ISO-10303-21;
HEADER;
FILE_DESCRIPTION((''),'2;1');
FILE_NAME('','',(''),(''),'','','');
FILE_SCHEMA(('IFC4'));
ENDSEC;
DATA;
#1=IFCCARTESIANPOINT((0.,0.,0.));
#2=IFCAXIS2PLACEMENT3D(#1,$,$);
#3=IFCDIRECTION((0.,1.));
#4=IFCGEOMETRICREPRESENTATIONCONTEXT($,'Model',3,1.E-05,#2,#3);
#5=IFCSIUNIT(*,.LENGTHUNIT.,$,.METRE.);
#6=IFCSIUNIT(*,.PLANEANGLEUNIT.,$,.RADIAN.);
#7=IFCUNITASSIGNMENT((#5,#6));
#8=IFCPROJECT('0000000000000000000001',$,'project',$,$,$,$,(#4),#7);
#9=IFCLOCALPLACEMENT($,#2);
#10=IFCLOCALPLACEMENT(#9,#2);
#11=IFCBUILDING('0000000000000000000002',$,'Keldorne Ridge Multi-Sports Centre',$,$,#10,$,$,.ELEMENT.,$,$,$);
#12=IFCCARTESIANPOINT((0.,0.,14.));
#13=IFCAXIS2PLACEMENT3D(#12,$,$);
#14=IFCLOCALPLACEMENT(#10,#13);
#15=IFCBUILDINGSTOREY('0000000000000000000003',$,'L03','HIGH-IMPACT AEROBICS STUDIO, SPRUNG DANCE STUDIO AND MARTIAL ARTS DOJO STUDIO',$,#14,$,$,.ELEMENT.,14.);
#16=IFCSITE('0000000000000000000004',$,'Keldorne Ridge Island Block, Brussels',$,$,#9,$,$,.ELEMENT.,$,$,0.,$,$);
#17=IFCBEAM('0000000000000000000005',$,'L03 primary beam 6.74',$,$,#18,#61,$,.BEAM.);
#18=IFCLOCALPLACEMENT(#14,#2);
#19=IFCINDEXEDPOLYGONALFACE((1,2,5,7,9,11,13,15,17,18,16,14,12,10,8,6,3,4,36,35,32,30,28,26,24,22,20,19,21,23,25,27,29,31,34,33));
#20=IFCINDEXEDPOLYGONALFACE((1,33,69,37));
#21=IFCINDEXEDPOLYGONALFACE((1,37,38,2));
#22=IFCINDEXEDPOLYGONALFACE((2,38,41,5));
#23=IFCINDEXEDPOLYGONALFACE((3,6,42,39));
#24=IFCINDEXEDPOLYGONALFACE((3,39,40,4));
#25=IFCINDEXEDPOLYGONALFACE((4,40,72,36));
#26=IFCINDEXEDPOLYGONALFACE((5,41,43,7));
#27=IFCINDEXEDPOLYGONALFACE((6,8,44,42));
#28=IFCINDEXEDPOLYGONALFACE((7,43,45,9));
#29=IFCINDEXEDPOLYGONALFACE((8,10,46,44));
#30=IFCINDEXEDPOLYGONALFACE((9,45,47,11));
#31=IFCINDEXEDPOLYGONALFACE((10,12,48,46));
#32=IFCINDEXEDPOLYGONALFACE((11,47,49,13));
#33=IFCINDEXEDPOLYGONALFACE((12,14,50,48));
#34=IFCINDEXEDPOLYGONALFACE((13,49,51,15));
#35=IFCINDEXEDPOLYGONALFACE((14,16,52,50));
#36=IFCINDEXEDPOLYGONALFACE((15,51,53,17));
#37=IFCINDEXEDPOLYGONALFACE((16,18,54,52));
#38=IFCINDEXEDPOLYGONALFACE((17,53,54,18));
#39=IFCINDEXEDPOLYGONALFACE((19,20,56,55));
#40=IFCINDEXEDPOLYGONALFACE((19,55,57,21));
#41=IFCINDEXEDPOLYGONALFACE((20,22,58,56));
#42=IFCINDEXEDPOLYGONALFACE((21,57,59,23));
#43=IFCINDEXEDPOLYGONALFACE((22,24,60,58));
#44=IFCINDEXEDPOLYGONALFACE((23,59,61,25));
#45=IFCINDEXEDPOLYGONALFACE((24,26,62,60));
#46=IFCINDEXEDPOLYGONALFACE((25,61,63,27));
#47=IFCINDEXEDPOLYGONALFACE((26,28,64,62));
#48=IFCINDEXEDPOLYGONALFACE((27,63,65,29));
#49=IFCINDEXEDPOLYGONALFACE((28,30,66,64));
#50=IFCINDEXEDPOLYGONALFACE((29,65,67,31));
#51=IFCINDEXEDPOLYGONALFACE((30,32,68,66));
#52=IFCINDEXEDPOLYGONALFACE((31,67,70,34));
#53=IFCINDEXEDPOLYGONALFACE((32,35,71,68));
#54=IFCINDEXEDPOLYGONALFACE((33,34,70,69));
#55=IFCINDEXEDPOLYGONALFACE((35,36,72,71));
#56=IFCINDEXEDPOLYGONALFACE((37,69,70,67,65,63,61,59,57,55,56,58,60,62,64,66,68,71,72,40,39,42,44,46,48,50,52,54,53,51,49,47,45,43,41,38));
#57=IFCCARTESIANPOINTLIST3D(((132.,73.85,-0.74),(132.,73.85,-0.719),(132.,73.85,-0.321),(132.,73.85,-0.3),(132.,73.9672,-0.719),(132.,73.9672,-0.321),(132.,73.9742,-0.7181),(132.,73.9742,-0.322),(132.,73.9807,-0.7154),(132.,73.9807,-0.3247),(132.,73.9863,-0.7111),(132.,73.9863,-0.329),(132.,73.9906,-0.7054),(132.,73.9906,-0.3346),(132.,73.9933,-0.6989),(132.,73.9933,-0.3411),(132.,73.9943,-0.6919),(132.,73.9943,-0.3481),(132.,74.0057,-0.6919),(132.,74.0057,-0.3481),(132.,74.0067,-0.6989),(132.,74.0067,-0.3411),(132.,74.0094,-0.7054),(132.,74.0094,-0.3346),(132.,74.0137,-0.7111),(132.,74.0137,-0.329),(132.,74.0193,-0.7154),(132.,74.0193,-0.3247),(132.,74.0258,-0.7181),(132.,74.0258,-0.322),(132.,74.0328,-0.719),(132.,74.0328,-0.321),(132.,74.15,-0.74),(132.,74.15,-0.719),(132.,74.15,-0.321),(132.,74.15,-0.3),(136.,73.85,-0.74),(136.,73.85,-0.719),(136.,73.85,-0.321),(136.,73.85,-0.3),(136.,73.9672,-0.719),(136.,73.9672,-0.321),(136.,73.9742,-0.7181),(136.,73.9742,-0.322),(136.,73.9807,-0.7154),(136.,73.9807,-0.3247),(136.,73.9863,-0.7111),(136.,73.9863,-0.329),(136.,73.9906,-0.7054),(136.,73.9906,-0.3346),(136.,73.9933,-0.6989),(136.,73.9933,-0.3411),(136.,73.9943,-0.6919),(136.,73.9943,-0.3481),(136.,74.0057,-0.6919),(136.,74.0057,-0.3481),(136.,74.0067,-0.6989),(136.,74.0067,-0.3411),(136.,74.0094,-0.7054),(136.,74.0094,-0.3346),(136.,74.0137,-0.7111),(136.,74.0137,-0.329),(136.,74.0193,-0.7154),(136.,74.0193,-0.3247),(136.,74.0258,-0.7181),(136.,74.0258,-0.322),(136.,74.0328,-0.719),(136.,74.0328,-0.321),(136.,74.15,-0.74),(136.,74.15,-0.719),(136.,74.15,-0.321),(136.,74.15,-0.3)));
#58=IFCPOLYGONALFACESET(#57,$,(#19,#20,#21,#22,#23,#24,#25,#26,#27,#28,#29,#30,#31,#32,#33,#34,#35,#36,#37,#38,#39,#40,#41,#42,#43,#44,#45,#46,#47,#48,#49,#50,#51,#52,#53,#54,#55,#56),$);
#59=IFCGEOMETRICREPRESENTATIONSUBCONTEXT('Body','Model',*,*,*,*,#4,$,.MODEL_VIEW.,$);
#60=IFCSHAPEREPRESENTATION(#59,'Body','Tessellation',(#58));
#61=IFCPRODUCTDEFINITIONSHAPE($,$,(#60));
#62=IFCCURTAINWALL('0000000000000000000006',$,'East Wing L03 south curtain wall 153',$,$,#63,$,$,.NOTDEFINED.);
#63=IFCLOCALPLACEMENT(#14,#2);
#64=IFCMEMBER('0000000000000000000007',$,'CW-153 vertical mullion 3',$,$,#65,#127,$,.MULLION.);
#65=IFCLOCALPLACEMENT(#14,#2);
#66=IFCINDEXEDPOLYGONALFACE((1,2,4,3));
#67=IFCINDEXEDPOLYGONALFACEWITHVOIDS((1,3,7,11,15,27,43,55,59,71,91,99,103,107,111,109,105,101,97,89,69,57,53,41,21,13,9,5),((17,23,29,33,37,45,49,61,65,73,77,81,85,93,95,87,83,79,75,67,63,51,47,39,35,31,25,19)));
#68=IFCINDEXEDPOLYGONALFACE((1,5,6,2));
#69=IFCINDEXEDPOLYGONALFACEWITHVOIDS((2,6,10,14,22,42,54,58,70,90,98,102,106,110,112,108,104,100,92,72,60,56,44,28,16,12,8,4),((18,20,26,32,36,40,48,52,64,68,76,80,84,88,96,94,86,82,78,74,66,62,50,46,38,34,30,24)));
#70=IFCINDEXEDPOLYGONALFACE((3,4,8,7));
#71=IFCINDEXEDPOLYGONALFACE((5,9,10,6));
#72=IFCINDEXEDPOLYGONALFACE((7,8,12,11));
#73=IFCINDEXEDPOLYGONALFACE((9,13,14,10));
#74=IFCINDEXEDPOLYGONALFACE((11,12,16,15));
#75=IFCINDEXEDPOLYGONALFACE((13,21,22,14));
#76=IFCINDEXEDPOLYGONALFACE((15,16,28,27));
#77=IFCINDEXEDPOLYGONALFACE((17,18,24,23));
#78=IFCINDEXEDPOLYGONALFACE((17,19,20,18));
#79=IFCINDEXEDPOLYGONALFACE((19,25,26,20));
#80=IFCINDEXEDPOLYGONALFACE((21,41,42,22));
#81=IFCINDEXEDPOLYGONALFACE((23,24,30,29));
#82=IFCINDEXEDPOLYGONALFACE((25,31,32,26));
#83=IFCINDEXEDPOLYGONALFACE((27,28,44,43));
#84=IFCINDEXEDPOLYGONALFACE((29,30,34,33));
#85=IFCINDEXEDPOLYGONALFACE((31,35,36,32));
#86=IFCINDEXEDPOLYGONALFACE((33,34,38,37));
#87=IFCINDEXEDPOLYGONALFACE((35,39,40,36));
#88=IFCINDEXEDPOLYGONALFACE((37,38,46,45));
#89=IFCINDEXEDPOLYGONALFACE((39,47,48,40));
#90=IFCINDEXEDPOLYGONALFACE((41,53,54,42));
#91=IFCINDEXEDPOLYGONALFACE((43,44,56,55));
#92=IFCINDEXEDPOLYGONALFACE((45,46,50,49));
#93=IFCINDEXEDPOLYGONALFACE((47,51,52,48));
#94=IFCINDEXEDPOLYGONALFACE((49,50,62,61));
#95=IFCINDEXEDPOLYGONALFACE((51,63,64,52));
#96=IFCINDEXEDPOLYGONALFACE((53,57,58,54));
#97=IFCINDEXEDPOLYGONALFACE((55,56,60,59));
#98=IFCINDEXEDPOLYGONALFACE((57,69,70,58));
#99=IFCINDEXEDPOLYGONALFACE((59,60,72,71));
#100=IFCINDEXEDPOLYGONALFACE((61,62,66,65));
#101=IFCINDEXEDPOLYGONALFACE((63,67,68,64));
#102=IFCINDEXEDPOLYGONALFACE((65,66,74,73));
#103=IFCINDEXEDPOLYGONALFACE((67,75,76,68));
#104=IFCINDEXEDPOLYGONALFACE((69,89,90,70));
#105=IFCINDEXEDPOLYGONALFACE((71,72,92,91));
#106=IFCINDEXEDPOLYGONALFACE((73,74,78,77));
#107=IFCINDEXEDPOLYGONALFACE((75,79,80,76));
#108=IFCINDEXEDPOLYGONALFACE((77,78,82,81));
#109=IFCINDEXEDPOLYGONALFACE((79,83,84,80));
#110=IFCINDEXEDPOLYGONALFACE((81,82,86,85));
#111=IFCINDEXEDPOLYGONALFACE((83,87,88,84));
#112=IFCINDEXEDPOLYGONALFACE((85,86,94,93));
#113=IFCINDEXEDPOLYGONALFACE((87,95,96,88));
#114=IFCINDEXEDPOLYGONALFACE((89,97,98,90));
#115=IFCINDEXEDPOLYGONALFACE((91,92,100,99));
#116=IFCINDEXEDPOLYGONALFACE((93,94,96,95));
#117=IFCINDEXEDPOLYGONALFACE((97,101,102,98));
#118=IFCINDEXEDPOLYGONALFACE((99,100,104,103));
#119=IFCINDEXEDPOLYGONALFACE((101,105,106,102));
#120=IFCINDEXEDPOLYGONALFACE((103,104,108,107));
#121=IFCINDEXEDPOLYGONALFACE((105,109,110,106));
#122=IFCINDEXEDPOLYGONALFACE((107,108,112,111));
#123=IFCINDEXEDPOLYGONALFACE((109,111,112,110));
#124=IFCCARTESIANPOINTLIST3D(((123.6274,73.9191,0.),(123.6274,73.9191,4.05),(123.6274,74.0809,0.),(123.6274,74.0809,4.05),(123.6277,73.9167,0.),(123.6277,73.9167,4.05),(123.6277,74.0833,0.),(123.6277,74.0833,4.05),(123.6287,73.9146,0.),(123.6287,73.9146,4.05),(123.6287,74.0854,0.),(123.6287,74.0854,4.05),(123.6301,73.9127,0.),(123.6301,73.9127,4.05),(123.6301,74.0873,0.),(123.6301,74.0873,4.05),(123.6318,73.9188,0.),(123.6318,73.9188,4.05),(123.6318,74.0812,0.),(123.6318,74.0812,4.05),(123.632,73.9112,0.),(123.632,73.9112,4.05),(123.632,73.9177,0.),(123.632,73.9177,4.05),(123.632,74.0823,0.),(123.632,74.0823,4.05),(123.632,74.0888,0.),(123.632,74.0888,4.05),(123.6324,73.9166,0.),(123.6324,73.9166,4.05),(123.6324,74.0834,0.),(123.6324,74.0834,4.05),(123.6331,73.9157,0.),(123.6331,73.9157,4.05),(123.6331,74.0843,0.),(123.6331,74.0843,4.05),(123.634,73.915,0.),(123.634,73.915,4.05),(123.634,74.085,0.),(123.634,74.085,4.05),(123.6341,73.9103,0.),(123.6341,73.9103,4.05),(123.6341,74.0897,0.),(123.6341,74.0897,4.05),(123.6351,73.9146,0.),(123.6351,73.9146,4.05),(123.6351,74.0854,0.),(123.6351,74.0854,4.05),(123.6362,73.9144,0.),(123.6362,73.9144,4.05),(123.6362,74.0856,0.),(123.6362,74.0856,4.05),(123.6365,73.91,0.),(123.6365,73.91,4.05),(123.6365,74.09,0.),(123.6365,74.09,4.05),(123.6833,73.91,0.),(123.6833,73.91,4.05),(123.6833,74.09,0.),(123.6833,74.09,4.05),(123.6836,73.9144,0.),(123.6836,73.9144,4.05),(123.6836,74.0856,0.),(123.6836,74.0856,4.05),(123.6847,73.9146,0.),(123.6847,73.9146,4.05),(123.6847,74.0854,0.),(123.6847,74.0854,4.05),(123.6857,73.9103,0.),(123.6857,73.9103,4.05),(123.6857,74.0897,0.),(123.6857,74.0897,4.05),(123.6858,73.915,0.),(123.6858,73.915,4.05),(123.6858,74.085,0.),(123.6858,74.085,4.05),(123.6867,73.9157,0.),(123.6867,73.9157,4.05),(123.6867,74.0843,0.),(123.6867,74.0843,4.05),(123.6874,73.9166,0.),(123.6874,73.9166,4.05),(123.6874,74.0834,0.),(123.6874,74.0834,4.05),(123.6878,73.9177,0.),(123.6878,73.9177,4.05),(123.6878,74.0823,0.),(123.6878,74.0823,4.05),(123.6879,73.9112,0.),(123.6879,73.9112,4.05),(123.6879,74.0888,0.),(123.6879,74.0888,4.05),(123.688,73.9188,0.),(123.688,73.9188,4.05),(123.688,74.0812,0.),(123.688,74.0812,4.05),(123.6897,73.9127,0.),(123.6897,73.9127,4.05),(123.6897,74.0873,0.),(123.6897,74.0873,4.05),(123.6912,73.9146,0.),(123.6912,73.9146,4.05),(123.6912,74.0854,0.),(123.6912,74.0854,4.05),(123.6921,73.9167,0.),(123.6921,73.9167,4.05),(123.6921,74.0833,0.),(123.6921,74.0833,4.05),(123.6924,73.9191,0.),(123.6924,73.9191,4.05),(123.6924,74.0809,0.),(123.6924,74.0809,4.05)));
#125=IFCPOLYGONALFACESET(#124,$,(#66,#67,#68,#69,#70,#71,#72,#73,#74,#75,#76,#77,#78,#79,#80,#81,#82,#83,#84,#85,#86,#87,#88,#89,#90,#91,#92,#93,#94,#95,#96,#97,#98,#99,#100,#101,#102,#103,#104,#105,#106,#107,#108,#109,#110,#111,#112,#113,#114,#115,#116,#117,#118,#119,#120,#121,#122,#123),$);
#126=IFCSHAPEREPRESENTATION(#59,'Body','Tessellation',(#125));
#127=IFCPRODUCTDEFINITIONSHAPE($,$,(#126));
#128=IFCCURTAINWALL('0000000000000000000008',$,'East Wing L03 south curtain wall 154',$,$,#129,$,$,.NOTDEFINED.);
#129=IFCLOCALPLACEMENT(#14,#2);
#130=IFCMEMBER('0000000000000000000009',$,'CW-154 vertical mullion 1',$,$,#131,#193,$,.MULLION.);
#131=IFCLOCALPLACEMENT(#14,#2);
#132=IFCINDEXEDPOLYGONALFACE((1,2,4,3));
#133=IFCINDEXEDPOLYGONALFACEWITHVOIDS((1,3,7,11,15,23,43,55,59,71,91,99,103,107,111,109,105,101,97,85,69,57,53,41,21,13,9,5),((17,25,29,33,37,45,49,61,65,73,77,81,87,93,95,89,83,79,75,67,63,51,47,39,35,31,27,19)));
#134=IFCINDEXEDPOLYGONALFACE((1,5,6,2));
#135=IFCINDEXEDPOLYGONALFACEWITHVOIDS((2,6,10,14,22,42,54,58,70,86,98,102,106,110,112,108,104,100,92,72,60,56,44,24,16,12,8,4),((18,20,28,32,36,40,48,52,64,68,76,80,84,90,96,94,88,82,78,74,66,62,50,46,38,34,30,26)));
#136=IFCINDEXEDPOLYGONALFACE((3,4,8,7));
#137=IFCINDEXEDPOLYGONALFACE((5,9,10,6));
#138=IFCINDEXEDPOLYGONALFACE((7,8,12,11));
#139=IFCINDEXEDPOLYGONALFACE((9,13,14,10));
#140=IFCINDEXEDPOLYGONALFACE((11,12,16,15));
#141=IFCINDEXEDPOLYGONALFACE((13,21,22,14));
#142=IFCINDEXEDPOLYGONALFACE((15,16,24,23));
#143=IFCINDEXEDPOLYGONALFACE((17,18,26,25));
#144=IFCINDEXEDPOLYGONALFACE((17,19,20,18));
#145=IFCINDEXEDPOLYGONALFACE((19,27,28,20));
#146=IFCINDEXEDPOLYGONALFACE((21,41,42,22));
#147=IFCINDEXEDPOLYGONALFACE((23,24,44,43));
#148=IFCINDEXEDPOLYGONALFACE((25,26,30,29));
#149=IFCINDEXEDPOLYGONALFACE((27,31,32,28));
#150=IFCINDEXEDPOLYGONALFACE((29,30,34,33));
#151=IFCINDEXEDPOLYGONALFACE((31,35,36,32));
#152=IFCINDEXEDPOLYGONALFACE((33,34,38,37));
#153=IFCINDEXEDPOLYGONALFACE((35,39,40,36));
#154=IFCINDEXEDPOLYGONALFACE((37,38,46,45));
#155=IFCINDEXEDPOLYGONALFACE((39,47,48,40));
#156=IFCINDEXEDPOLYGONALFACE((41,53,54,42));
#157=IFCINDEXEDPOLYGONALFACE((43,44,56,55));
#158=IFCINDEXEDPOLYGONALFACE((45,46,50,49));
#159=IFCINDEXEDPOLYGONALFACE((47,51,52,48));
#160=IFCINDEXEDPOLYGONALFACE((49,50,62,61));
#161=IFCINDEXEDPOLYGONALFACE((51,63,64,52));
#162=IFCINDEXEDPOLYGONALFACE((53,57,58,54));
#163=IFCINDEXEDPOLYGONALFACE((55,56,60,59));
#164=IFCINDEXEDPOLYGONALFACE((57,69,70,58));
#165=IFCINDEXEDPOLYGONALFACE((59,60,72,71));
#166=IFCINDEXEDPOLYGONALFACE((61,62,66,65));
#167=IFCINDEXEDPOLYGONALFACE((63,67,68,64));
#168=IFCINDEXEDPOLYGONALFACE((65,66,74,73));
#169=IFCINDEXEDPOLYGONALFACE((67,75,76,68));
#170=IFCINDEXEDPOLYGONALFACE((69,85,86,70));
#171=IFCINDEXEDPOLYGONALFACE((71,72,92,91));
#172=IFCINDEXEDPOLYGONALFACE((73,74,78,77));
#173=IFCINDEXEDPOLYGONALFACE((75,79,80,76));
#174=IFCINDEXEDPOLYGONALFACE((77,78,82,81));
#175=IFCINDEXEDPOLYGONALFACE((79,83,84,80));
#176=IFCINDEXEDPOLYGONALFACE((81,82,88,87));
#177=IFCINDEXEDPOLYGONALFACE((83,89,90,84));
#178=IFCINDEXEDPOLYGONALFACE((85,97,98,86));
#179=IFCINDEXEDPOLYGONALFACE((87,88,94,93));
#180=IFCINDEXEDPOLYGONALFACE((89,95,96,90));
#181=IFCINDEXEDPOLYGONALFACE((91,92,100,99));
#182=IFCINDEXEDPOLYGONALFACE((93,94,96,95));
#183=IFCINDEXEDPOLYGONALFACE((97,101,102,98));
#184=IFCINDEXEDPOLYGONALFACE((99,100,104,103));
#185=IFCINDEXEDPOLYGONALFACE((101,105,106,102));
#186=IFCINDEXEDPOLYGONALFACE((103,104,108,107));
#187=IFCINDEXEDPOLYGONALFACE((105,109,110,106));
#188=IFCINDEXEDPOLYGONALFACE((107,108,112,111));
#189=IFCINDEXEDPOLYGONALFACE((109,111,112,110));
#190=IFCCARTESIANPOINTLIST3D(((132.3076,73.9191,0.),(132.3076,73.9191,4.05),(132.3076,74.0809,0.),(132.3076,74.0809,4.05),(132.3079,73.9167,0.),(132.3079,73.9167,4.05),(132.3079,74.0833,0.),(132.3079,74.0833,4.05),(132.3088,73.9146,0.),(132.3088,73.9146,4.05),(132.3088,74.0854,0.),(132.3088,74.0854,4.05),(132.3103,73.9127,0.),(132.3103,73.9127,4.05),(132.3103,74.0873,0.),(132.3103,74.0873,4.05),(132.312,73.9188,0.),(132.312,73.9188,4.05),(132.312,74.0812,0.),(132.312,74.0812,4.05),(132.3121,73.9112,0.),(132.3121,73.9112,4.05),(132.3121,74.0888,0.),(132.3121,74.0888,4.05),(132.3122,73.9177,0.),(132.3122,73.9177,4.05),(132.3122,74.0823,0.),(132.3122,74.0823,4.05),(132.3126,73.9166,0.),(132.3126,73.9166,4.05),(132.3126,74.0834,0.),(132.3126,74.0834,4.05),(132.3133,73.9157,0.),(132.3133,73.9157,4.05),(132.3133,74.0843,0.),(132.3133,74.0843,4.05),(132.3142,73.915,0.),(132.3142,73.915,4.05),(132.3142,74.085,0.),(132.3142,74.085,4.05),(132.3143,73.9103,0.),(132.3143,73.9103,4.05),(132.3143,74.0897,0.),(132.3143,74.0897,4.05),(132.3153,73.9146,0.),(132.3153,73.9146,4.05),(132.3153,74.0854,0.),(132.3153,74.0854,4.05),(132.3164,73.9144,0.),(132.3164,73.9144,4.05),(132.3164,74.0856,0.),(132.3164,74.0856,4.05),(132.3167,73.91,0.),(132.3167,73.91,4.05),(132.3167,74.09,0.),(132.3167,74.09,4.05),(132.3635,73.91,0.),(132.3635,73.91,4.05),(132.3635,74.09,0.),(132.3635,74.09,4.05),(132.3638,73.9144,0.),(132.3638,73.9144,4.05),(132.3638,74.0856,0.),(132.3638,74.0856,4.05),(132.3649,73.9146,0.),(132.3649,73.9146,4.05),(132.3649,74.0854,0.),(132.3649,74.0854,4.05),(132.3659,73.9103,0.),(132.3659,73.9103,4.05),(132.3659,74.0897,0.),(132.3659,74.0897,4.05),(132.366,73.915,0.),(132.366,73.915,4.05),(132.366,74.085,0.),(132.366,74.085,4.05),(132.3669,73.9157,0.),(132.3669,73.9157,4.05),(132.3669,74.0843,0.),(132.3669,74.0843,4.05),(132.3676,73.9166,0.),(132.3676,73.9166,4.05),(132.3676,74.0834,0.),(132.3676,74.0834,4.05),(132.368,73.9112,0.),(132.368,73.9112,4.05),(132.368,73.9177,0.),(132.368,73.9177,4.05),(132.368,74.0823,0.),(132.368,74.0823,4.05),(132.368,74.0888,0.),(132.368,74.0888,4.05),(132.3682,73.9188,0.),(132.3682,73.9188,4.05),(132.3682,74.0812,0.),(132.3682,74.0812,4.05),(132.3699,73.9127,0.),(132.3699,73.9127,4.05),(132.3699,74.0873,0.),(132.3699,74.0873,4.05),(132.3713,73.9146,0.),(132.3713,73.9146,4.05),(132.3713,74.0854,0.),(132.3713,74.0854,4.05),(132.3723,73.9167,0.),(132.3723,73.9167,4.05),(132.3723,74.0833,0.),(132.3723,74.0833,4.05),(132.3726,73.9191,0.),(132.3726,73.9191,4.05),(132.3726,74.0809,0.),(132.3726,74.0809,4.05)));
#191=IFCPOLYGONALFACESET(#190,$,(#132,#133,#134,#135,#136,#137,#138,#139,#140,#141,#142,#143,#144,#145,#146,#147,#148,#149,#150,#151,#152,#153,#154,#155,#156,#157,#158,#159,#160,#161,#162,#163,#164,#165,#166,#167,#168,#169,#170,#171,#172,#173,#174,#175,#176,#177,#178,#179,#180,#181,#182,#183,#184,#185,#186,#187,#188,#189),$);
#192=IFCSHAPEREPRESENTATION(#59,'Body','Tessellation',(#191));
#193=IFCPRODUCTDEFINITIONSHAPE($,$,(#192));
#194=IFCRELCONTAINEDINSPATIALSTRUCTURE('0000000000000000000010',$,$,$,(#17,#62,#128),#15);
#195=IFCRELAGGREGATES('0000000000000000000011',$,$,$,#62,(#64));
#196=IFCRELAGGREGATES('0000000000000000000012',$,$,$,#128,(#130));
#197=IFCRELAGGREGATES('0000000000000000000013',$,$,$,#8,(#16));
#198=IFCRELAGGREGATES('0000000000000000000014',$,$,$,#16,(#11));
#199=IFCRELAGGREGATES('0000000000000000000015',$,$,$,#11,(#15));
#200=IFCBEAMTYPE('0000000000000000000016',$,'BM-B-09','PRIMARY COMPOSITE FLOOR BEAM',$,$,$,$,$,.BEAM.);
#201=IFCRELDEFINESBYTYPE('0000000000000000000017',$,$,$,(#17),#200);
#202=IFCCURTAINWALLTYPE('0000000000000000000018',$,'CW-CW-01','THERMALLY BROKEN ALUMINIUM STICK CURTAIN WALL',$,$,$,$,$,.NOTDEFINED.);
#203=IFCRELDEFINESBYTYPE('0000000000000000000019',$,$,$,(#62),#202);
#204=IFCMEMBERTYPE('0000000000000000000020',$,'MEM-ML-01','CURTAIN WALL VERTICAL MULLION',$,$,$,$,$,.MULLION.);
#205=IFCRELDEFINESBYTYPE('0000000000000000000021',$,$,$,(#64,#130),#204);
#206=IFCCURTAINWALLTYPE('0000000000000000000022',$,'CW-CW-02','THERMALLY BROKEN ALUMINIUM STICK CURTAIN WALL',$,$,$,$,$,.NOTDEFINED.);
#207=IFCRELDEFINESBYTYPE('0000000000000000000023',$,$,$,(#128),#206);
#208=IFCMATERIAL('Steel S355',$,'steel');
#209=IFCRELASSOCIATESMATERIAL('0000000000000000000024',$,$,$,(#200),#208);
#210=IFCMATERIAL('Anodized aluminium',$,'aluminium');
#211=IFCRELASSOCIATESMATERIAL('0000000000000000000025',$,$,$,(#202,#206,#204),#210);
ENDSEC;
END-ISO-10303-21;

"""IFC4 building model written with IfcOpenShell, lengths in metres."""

from ifc_helpers import new_model, si_unit, direction, frame, origin, origin_2d, place, context, subcontext, project, spatial, hollow_rectangle, i_section, extrude, material, material_profile, profile_set, type_object, element, aggregate, save


model = new_model("IFC4")

# Units and contexts
model_context = context("Model", 3, precision=1e-05, world=origin(), true_north=direction((0.0, 1.0)))
body_context = subcontext(model_context, "Body", "Model", "MODEL_VIEW")
ifc_project = project(units=[si_unit("LENGTHUNIT", "METRE"), si_unit("PLANEANGLEUNIT", "RADIAN")], contexts=[model_context])

# Site, building, storey
site_placement = place(None, origin())
site = spatial("IfcSite", under=ifc_project, at=site_placement, Name="Keldorne Ridge Island Block, Brussels", CompositionType="ELEMENT", RefElevation=0.0)
building_placement = place(site_placement, origin())
building = spatial("IfcBuilding", under=site, at=building_placement, Name="Keldorne Ridge Multi-Sports Centre", CompositionType="ELEMENT")
storey_placement = place(building_placement, frame((0.0, 0.0, 14.0)))
storey = spatial("IfcBuildingStorey", under=building, at=storey_placement, Name="L03", Description="HIGH-IMPACT AEROBICS STUDIO, SPRUNG DANCE STUDIO AND MARTIAL ARTS DOJO STUDIO", CompositionType="ELEMENT", Elevation=14.0)

# Shared definitions
ifc_material_1 = material(Name="Steel S355", Category="steel")

# Beam
ifc_material_profile_1 = material_profile(ifc_material_1, i_section(OverallWidth=0.3, OverallDepth=0.4399, WebThickness=0.0115, FlangeThickness=0.021, FilletRadius=0.0271, at=origin_2d()), Name="HEA 450")
ifc_profile_set_1 = profile_set([ifc_material_profile_1], Name="Steel S355")
beam_type_1 = type_object("IfcBeamType", Name="BM-B-09", Description="PRIMARY COMPOSITE FLOOR BEAM", PredefinedType="BEAM", material=ifc_profile_set_1)
for number, where, z_axis, x_axis, name in (
    (1, (132.0, 74.0, -0.52), (1.0, 0.0, 0.0), (0.0, 1.0, 0.0), "L03 primary beam 6.74"),
):
    element("IfcBeam", number, at=place(storey_placement, frame(where, z_axis=z_axis, x_axis=x_axis)), inside=storey, type_object=beam_type_1, Name=name, PredefinedType="BEAM", context=body_context, shape_type="SweptSolid", body=[
        extrude(i_section(OverallWidth=0.3, OverallDepth=0.4399, WebThickness=0.0115, FlangeThickness=0.021, FilletRadius=0.0271, at=origin_2d()), origin(), (0.0, 0.0, 1.0), 4.0),
    ])

# Curtain wall, member
ifc_material_2 = material(Name="Anodized aluminium", Category="aluminium")
curtain_wall_type_1 = type_object("IfcCurtainWallType", Name="CW-CW-01", Description="THERMALLY BROKEN ALUMINIUM STICK CURTAIN WALL", PredefinedType="NOTDEFINED", material=ifc_material_2)
curtain_wall_1_placement = place(storey_placement, origin())
curtain_wall_1 = element("IfcCurtainWall", 2, at=curtain_wall_1_placement, inside=storey, type_object=curtain_wall_type_1, Name="East Wing L03 south curtain wall 153", PredefinedType="NOTDEFINED")
ifc_material_profile_2 = material_profile(ifc_material_2, hollow_rectangle(XDim=0.0649, YDim=0.1799, WallThickness=0.0044, InnerFilletRadius=0.0044, OuterFilletRadius=0.009, at=origin_2d()), Name="ALU MULLION 180x65x4.5")
ifc_profile_set_2 = profile_set([ifc_material_profile_2], Name="Anodized aluminium")
member_type_1 = type_object("IfcMemberType", Name="MEM-ML-01", Description="CURTAIN WALL VERTICAL MULLION", PredefinedType="MULLION", material=ifc_profile_set_2)
member_1_placement = place(storey_placement, frame((123.6599, 74.0, 0.0), z_axis=(0.0, 0.0, 1.0), x_axis=(1.0, 0.0, 0.0)))
member_1 = element("IfcMember", 3, at=member_1_placement, type_object=member_type_1, Name="CW-153 vertical mullion 3", PredefinedType="MULLION", context=body_context, shape_type="SweptSolid", body=[
    extrude(hollow_rectangle(XDim=0.0649, YDim=0.1799, WallThickness=0.0044, InnerFilletRadius=0.0044, OuterFilletRadius=0.009, at=origin_2d()), origin(), (0.0, 0.0, 1.0), 4.05),
])

# Curtain wall, member
curtain_wall_type_2 = type_object("IfcCurtainWallType", Name="CW-CW-02", Description="THERMALLY BROKEN ALUMINIUM STICK CURTAIN WALL", PredefinedType="NOTDEFINED", material=ifc_material_2)
curtain_wall_2_placement = place(storey_placement, origin())
curtain_wall_2 = element("IfcCurtainWall", 4, at=curtain_wall_2_placement, inside=storey, type_object=curtain_wall_type_2, Name="East Wing L03 south curtain wall 154", PredefinedType="NOTDEFINED")
member_2_placement = place(storey_placement, frame((132.3401, 74.0, 0.0), z_axis=(0.0, 0.0, 1.0), x_axis=(1.0, 0.0, 0.0)))
member_2 = element("IfcMember", 5, at=member_2_placement, type_object=member_type_1, Name="CW-154 vertical mullion 1", PredefinedType="MULLION", context=body_context, shape_type="SweptSolid", body=[
    extrude(hollow_rectangle(XDim=0.0649, YDim=0.1799, WallThickness=0.0044, InnerFilletRadius=0.0044, OuterFilletRadius=0.009, at=origin_2d()), origin(), (0.0, 0.0, 1.0), 4.05),
])

aggregate(curtain_wall_1, [member_1])
aggregate(curtain_wall_2, [member_2])

save(model, "model.ifc")
